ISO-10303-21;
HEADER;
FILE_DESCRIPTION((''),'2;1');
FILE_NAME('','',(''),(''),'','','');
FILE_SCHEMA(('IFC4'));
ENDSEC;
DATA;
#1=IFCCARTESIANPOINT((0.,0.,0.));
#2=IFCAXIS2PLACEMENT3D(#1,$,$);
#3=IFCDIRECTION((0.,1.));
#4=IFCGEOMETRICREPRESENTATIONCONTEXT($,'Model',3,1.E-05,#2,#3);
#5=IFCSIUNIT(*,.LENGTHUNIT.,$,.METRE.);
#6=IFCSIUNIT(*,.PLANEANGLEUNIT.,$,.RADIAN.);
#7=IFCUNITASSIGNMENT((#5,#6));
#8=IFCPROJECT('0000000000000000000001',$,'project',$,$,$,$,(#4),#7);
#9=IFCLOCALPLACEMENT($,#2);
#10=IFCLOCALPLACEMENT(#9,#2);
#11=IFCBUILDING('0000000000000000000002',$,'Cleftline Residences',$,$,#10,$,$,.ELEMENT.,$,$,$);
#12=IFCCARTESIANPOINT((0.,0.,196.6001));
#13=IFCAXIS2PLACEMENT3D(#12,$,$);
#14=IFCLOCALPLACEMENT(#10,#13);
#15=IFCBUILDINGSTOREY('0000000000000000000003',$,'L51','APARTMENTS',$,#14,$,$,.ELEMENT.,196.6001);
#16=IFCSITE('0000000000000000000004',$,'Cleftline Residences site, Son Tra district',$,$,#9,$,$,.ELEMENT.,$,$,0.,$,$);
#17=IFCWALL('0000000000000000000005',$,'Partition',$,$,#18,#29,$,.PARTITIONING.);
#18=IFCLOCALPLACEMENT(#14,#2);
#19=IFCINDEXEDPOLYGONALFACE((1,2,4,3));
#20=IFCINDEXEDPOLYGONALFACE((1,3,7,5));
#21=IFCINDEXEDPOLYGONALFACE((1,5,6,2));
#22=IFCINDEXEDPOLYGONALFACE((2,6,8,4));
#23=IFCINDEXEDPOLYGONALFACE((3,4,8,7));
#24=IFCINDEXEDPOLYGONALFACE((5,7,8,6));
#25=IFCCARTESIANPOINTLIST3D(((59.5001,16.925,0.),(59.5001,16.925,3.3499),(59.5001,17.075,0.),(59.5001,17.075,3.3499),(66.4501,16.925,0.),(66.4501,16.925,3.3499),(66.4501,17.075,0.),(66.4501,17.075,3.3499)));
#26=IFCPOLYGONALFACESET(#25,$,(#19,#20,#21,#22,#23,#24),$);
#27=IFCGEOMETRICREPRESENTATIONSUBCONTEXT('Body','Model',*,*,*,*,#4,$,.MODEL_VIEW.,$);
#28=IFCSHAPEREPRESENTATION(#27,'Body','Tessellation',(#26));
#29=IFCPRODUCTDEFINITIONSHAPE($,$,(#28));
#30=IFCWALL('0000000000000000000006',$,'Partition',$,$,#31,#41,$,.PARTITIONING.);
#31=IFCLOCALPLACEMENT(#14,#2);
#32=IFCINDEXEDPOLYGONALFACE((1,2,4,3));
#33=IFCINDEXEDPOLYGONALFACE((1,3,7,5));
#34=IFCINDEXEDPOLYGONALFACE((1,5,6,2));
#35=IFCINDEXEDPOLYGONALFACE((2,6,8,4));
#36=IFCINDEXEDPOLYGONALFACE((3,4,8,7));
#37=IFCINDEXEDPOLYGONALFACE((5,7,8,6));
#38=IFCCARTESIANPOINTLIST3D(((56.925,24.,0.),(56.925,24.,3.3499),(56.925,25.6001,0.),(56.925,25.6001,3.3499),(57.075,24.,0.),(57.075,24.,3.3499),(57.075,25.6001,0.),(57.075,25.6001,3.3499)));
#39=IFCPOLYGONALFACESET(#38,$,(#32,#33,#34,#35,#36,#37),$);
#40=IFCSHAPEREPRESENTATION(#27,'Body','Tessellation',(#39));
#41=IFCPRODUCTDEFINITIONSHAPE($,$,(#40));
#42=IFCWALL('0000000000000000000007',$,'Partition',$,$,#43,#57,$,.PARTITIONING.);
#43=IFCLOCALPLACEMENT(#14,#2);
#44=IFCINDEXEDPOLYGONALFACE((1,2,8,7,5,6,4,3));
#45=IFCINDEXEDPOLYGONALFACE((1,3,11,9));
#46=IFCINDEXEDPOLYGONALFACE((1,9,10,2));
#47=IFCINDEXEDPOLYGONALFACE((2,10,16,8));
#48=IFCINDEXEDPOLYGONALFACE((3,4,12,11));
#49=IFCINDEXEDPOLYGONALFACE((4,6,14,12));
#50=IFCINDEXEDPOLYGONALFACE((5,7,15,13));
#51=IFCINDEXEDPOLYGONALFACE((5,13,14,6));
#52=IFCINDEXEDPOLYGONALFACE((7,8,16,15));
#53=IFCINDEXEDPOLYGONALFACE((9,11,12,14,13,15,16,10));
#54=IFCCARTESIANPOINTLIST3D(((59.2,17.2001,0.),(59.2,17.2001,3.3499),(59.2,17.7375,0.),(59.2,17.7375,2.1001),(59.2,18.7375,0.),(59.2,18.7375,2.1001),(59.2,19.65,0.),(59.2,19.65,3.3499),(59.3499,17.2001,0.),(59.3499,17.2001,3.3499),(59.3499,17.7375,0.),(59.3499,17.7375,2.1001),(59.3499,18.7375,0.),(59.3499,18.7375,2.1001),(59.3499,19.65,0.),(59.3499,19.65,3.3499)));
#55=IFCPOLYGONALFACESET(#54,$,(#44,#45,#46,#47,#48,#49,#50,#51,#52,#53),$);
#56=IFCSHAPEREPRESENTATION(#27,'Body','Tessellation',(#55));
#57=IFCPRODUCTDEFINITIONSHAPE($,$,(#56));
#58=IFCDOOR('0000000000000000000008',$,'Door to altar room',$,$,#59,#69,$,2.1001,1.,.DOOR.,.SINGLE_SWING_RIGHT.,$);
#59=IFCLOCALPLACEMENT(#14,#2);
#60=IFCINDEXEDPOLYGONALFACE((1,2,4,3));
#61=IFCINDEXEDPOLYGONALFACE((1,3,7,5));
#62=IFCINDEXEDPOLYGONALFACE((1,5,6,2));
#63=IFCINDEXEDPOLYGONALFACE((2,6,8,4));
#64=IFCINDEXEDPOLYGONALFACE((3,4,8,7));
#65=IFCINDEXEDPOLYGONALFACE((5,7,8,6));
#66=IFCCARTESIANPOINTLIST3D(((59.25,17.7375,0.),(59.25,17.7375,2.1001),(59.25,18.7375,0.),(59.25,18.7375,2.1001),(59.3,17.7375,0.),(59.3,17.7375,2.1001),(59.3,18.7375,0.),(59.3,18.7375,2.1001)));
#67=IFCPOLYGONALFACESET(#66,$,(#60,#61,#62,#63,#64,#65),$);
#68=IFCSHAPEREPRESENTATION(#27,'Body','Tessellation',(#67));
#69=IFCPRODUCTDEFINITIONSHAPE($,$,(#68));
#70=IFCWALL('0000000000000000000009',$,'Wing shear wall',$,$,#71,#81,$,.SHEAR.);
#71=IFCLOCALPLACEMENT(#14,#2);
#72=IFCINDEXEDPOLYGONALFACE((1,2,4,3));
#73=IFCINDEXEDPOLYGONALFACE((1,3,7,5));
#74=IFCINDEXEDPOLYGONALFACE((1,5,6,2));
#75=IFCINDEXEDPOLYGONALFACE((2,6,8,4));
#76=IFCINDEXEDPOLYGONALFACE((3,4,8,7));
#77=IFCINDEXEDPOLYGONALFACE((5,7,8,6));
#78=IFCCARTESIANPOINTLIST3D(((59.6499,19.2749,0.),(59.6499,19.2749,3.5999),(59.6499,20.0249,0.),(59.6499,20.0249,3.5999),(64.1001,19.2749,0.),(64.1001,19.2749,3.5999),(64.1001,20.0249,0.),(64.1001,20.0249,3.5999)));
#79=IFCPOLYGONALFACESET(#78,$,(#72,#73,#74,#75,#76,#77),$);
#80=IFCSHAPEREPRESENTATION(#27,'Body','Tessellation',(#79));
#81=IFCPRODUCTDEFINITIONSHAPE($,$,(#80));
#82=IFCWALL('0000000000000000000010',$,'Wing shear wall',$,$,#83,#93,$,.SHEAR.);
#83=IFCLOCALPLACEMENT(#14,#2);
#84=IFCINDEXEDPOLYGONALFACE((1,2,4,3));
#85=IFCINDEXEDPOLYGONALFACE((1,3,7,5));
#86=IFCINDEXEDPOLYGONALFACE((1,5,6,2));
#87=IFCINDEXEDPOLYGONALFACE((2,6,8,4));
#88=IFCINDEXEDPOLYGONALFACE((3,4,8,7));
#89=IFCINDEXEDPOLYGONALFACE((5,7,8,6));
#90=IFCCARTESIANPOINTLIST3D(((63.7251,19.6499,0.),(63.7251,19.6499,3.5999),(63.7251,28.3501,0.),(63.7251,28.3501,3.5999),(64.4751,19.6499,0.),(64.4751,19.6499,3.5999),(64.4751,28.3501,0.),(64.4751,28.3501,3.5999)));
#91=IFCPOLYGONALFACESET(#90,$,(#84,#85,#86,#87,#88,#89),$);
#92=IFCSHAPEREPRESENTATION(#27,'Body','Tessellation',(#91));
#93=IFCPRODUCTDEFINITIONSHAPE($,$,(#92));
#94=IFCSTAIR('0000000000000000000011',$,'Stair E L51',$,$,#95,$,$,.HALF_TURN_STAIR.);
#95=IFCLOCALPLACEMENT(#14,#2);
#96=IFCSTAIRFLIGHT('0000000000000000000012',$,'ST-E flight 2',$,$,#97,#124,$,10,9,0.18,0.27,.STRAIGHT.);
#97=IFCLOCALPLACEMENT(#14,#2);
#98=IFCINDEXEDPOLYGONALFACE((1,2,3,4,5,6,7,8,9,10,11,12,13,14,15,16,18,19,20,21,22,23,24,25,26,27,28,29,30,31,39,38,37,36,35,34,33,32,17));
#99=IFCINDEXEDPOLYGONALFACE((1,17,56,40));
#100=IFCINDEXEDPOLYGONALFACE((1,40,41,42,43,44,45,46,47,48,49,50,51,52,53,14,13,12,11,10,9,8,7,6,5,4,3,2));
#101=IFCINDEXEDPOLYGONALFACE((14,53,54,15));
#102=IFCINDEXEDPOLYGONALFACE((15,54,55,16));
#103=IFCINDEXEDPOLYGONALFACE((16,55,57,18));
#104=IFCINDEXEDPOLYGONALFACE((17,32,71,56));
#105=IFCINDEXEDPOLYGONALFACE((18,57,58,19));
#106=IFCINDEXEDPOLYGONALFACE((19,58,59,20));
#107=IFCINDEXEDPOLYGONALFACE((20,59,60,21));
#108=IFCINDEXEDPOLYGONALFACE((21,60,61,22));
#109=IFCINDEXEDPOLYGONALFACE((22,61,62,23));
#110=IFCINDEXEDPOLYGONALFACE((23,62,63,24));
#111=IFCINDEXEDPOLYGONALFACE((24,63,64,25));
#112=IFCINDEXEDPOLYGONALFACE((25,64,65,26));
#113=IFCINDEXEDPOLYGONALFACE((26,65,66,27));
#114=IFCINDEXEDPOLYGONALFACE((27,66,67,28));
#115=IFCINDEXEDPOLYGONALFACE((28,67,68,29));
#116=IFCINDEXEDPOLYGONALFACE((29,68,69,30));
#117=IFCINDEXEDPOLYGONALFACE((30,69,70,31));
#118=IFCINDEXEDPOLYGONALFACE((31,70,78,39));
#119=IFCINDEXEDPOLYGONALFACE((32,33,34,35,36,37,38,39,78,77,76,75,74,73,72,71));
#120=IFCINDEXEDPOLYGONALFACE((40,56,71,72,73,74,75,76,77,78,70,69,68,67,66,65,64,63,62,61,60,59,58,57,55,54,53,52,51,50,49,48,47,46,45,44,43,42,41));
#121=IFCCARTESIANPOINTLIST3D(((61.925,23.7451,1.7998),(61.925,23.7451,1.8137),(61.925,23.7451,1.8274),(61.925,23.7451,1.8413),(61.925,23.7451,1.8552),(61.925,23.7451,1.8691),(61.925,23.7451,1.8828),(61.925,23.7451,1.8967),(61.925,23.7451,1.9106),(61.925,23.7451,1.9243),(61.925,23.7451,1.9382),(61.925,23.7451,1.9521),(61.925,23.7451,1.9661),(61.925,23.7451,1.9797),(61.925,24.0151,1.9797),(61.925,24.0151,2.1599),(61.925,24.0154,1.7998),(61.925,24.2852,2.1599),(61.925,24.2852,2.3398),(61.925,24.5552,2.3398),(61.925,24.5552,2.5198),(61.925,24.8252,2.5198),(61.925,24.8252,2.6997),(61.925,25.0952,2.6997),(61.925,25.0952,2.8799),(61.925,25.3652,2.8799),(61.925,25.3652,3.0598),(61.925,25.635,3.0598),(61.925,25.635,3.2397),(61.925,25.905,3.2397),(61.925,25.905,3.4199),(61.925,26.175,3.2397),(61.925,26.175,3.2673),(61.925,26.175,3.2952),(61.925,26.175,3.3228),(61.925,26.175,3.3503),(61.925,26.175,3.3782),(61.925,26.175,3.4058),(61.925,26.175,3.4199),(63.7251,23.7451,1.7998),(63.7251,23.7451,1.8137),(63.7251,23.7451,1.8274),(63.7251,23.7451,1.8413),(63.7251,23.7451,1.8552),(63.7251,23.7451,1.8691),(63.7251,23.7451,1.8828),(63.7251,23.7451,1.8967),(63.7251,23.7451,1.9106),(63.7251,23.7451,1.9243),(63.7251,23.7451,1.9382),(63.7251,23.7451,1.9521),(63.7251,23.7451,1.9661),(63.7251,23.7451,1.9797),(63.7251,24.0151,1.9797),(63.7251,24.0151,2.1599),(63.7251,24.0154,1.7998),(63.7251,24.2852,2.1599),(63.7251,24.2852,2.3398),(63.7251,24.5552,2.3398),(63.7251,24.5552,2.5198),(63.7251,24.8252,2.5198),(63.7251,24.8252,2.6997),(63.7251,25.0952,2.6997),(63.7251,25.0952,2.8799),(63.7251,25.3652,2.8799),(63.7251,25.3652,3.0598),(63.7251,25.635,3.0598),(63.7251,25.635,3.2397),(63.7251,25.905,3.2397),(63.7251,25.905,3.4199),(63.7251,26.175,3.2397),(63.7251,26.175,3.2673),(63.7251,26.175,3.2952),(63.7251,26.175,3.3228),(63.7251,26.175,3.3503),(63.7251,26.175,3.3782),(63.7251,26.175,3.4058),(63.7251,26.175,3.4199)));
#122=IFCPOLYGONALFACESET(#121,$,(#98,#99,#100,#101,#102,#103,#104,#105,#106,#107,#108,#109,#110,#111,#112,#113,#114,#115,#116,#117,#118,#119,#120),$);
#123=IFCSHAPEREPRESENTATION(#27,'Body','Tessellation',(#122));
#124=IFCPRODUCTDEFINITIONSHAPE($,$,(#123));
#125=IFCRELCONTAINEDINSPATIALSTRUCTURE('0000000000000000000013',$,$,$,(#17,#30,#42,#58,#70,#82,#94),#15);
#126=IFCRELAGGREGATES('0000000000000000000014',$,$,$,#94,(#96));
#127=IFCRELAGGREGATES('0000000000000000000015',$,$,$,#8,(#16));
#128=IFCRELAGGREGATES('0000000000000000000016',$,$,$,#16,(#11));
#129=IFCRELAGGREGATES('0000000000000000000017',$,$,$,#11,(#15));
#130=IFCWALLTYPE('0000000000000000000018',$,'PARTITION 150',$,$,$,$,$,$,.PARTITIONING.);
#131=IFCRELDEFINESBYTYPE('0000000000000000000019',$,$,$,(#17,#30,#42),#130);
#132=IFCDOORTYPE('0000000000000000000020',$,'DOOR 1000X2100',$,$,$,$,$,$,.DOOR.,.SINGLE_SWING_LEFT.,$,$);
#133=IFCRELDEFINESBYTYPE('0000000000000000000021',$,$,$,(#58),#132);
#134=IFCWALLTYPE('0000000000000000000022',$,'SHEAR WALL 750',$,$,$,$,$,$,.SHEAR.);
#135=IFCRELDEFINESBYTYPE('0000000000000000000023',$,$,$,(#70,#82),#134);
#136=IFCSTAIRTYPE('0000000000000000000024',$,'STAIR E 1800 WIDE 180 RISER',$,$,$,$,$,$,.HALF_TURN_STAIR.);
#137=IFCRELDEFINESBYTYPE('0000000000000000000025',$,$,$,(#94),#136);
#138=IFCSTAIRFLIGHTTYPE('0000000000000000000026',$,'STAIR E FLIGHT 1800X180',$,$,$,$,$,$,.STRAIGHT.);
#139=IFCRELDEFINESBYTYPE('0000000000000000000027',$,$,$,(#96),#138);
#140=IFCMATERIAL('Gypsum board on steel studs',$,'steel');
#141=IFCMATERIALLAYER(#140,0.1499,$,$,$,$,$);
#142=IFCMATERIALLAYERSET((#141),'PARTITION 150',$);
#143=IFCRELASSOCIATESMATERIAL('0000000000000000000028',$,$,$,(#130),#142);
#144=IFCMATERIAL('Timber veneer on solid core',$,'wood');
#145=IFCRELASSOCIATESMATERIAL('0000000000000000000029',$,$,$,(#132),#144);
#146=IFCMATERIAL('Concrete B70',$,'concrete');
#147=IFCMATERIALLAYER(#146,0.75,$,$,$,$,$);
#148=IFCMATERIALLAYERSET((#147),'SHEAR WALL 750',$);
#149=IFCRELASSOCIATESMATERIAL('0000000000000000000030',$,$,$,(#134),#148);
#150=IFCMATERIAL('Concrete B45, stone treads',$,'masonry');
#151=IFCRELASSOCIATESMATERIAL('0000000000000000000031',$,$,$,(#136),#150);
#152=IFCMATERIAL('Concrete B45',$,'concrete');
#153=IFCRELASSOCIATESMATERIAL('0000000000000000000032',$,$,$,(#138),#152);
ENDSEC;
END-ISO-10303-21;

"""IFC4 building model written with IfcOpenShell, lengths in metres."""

from ifc_helpers import new_model, si_unit, direction, frame, frame_2d, origin, place, context, subcontext, project, spatial, polyline, rectangle, outline, extrude, material, layer, layer_set, type_object, element, fill, aggregate, save


model = new_model("IFC4")

# Units and contexts
model_context = context("Model", 3, precision=1e-05, world=origin(), true_north=direction((0.0, 1.0)))
body_context = subcontext(model_context, "Body", "Model", "MODEL_VIEW")
ifc_project = project(units=[si_unit("LENGTHUNIT", "METRE"), si_unit("PLANEANGLEUNIT", "RADIAN")], contexts=[model_context])

# Site, building, storey
site_placement = place(None, origin())
site = spatial("IfcSite", under=ifc_project, at=site_placement, Name="Cleftline Residences site, Son Tra district", CompositionType="ELEMENT", RefElevation=0.0)
building_placement = place(site_placement, origin())
building = spatial("IfcBuilding", under=site, at=building_placement, Name="Cleftline Residences", CompositionType="ELEMENT")
storey_placement = place(building_placement, frame((0.0, 0.0, 196.6001)))
storey = spatial("IfcBuildingStorey", under=building, at=storey_placement, Name="L51", Description="APARTMENTS", CompositionType="ELEMENT", Elevation=196.6001)

# Walls
ifc_material_1 = material(Name="Gypsum board on steel studs", Category="steel")
ifc_layer_1 = layer(ifc_material_1, 0.1499)
ifc_layer_set_1 = layer_set([ifc_layer_1], Name="PARTITION 150")
wall_type_1 = type_object("IfcWallType", Name="PARTITION 150", PredefinedType="PARTITIONING", material=ifc_layer_set_1)
wall_1_placement = place(storey_placement, frame((59.5, 17.0, 0.0), z_axis=(0.0, 0.0, 1.0), x_axis=(1.0, 0.0, 0.0)))
element("IfcWall", 1, at=wall_1_placement, inside=storey, type_object=wall_type_1, Name="Partition", PredefinedType="PARTITIONING", context=body_context, shape_type="SweptSolid", body=[
    extrude(rectangle(XDim=6.95, YDim=0.1499, at=frame_2d((3.4751, 0.0))), origin(), (0.0, 0.0, 1.0), 3.3499),
])
wall_2_placement = place(storey_placement, frame((57.0, 24.0, 0.0), z_axis=(0.0, 0.0, 1.0), x_axis=(0.0, 1.0, 0.0)))
element("IfcWall", 2, at=wall_2_placement, inside=storey, type_object=wall_type_1, Name="Partition", PredefinedType="PARTITIONING", context=body_context, shape_type="SweptSolid", body=[
    extrude(rectangle(XDim=1.6001, YDim=0.1499, at=frame_2d((0.8, 0.0))), origin(), (0.0, 0.0, 1.0), 3.3499),
])

# Wall, opening, door
wall_3_placement = place(storey_placement, frame((59.2749, 17.2, 0.0), z_axis=(0.0, 0.0, 1.0), x_axis=(0.0, 1.0, 0.0)))
wall_3 = element("IfcWall", 3, at=wall_3_placement, inside=storey, type_object=wall_type_1, Name="Partition", PredefinedType="PARTITIONING", context=body_context, shape_type="SweptSolid", body=[
    extrude(rectangle(XDim=2.45, YDim=0.1499, at=frame_2d((1.2251, 0.0))), origin(), (0.0, 0.0, 1.0), 3.3499),
])
opening_placement = place(wall_3_placement, frame((0.5376, 0.0, 0.0)))
opening = element("IfcOpeningElement", 4, at=opening_placement, cuts=wall_3, PredefinedType="OPENING", context=body_context, shape_type="SweptSolid", body=[
    extrude(rectangle(XDim=1.0, YDim=2.1001, at=frame_2d((0.5, 1.05))), frame((0.0, 0.085, 0.0), z_axis=(0.0, -1.0, 0.0), x_axis=(1.0, 0.0, 0.0)), (0.0, 0.0, 1.0), 0.1699),
])
ifc_material_2 = material(Name="Timber veneer on solid core", Category="wood")
door_type = type_object("IfcDoorType", Name="DOOR 1000X2100", OperationType="SINGLE_SWING_LEFT", PredefinedType="DOOR", material=ifc_material_2)
door_placement = place(opening_placement, origin())
door = element("IfcDoor", 5, at=door_placement, inside=storey, type_object=door_type, Name="Door to altar room", OperationType="SINGLE_SWING_RIGHT", OverallHeight=2.1001, OverallWidth=1.0, PredefinedType="DOOR", context=body_context, shape_type="SweptSolid", body=[
    extrude(rectangle(XDim=1.0, YDim=2.1001, at=frame_2d((0.5, 1.05))), frame((0.0, 0.0249, 0.0), z_axis=(0.0, -1.0, 0.0), x_axis=(1.0, 0.0, 0.0)), (0.0, 0.0, 1.0), 0.05),
])
fill(opening, door)

# Walls
ifc_material_3 = material(Name="Concrete B70", Category="concrete")
ifc_layer_2 = layer(ifc_material_3, 0.75)
ifc_layer_set_2 = layer_set([ifc_layer_2], Name="SHEAR WALL 750")
wall_type_2 = type_object("IfcWallType", Name="SHEAR WALL 750", PredefinedType="SHEAR", material=ifc_layer_set_2)
wall_4_placement = place(storey_placement, frame((59.6499, 19.6499, 0.0), z_axis=(0.0, 0.0, 1.0), x_axis=(1.0, 0.0, 0.0)))
element("IfcWall", 6, at=wall_4_placement, inside=storey, type_object=wall_type_2, Name="Wing shear wall", PredefinedType="SHEAR", context=body_context, shape_type="SweptSolid", body=[
    extrude(rectangle(XDim=4.4502, YDim=0.75, at=frame_2d((2.2251, 0.0))), origin(), (0.0, 0.0, 1.0), 3.5999),
])
wall_5_placement = place(storey_placement, frame((64.1001, 19.6499, 0.0), z_axis=(0.0, 0.0, 1.0), x_axis=(0.0, 1.0, 0.0)))
element("IfcWall", 7, at=wall_5_placement, inside=storey, type_object=wall_type_2, Name="Wing shear wall", PredefinedType="SHEAR", context=body_context, shape_type="SweptSolid", body=[
    extrude(rectangle(XDim=8.7002, YDim=0.75, at=frame_2d((4.3501, 0.0))), origin(), (0.0, 0.0, 1.0), 3.5999),
])

# Stair, stair flight
ifc_material_4 = material(Name="Concrete B45, stone treads", Category="masonry")
stair_type = type_object("IfcStairType", Name="STAIR E 1800 WIDE 180 RISER", PredefinedType="HALF_TURN_STAIR", material=ifc_material_4)
stair_placement = place(storey_placement, origin())
stair = element("IfcStair", 8, at=stair_placement, inside=storey, type_object=stair_type, Name="Stair E L51", PredefinedType="HALF_TURN_STAIR")
ifc_material_5 = material(Name="Concrete B45", Category="concrete")
stair_flight_type = type_object("IfcStairFlightType", Name="STAIR E FLIGHT 1800X180", PredefinedType="STRAIGHT", material=ifc_material_5)
stair_flight_placement = place(storey_placement, frame((62.825, 23.7451, 1.7998), z_axis=(0.0, 0.0, 1.0), x_axis=(0.0, 1.0, 0.0)))
stair_flight = element("IfcStairFlight", 9, at=stair_flight_placement, type_object=stair_flight_type, Name="ST-E flight 2", NumberOfRisers=10, NumberOfTreads=9, PredefinedType="STRAIGHT", RiserHeight=0.18, TreadLength=0.27, context=body_context, shape_type="SweptSolid", body=[
    extrude(outline(polyline([(0.0, 0.0), (0.0, 0.0139), (0.0, 0.0276), (0.0, 0.0415), (0.0, 0.0554), (0.0, 0.0693), (0.0, 0.083), (0.0, 0.0969), (0.0, 0.1108), (0.0, 0.1245), (0.0, 0.1384), (0.0, 0.1523), (0.0, 0.1663), (0.0, 0.1799), (0.27, 0.1799), (0.27, 0.3601), (0.54, 0.3601), (0.54, 0.54), (0.8101, 0.54), (0.8101, 0.72), (1.0801, 0.72), (1.0801, 0.8999), (1.3501, 0.8999), (1.3501, 1.0801), (1.6201, 1.0801), (1.6201, 1.26), (1.8899, 1.26), (1.8899, 1.4399), (2.1599, 1.4399), (2.1599, 1.6201), (2.4299, 1.6201), (2.4299, 1.8), (2.4299, 1.7722), (2.4299, 1.7446), (2.4299, 1.7168), (2.4299, 1.6892), (2.4299, 1.6614), (2.4299, 1.6338), (2.4299, 1.606), (2.4299, 1.5784), (2.4299, 1.5505), (2.4299, 1.5229), (2.4299, 1.4954), (2.4299, 1.4675), (2.4299, 1.4399), (0.2703, 0.0), (0.0, 0.0)])), frame((0.0, 0.8999, 0.0), z_axis=(0.0, -1.0, 0.0), x_axis=(1.0, 0.0, 0.0)), (0.0, 0.0, 1.0), 1.8),
])
aggregate(stair, [stair_flight])

save(model, "model.ifc")
